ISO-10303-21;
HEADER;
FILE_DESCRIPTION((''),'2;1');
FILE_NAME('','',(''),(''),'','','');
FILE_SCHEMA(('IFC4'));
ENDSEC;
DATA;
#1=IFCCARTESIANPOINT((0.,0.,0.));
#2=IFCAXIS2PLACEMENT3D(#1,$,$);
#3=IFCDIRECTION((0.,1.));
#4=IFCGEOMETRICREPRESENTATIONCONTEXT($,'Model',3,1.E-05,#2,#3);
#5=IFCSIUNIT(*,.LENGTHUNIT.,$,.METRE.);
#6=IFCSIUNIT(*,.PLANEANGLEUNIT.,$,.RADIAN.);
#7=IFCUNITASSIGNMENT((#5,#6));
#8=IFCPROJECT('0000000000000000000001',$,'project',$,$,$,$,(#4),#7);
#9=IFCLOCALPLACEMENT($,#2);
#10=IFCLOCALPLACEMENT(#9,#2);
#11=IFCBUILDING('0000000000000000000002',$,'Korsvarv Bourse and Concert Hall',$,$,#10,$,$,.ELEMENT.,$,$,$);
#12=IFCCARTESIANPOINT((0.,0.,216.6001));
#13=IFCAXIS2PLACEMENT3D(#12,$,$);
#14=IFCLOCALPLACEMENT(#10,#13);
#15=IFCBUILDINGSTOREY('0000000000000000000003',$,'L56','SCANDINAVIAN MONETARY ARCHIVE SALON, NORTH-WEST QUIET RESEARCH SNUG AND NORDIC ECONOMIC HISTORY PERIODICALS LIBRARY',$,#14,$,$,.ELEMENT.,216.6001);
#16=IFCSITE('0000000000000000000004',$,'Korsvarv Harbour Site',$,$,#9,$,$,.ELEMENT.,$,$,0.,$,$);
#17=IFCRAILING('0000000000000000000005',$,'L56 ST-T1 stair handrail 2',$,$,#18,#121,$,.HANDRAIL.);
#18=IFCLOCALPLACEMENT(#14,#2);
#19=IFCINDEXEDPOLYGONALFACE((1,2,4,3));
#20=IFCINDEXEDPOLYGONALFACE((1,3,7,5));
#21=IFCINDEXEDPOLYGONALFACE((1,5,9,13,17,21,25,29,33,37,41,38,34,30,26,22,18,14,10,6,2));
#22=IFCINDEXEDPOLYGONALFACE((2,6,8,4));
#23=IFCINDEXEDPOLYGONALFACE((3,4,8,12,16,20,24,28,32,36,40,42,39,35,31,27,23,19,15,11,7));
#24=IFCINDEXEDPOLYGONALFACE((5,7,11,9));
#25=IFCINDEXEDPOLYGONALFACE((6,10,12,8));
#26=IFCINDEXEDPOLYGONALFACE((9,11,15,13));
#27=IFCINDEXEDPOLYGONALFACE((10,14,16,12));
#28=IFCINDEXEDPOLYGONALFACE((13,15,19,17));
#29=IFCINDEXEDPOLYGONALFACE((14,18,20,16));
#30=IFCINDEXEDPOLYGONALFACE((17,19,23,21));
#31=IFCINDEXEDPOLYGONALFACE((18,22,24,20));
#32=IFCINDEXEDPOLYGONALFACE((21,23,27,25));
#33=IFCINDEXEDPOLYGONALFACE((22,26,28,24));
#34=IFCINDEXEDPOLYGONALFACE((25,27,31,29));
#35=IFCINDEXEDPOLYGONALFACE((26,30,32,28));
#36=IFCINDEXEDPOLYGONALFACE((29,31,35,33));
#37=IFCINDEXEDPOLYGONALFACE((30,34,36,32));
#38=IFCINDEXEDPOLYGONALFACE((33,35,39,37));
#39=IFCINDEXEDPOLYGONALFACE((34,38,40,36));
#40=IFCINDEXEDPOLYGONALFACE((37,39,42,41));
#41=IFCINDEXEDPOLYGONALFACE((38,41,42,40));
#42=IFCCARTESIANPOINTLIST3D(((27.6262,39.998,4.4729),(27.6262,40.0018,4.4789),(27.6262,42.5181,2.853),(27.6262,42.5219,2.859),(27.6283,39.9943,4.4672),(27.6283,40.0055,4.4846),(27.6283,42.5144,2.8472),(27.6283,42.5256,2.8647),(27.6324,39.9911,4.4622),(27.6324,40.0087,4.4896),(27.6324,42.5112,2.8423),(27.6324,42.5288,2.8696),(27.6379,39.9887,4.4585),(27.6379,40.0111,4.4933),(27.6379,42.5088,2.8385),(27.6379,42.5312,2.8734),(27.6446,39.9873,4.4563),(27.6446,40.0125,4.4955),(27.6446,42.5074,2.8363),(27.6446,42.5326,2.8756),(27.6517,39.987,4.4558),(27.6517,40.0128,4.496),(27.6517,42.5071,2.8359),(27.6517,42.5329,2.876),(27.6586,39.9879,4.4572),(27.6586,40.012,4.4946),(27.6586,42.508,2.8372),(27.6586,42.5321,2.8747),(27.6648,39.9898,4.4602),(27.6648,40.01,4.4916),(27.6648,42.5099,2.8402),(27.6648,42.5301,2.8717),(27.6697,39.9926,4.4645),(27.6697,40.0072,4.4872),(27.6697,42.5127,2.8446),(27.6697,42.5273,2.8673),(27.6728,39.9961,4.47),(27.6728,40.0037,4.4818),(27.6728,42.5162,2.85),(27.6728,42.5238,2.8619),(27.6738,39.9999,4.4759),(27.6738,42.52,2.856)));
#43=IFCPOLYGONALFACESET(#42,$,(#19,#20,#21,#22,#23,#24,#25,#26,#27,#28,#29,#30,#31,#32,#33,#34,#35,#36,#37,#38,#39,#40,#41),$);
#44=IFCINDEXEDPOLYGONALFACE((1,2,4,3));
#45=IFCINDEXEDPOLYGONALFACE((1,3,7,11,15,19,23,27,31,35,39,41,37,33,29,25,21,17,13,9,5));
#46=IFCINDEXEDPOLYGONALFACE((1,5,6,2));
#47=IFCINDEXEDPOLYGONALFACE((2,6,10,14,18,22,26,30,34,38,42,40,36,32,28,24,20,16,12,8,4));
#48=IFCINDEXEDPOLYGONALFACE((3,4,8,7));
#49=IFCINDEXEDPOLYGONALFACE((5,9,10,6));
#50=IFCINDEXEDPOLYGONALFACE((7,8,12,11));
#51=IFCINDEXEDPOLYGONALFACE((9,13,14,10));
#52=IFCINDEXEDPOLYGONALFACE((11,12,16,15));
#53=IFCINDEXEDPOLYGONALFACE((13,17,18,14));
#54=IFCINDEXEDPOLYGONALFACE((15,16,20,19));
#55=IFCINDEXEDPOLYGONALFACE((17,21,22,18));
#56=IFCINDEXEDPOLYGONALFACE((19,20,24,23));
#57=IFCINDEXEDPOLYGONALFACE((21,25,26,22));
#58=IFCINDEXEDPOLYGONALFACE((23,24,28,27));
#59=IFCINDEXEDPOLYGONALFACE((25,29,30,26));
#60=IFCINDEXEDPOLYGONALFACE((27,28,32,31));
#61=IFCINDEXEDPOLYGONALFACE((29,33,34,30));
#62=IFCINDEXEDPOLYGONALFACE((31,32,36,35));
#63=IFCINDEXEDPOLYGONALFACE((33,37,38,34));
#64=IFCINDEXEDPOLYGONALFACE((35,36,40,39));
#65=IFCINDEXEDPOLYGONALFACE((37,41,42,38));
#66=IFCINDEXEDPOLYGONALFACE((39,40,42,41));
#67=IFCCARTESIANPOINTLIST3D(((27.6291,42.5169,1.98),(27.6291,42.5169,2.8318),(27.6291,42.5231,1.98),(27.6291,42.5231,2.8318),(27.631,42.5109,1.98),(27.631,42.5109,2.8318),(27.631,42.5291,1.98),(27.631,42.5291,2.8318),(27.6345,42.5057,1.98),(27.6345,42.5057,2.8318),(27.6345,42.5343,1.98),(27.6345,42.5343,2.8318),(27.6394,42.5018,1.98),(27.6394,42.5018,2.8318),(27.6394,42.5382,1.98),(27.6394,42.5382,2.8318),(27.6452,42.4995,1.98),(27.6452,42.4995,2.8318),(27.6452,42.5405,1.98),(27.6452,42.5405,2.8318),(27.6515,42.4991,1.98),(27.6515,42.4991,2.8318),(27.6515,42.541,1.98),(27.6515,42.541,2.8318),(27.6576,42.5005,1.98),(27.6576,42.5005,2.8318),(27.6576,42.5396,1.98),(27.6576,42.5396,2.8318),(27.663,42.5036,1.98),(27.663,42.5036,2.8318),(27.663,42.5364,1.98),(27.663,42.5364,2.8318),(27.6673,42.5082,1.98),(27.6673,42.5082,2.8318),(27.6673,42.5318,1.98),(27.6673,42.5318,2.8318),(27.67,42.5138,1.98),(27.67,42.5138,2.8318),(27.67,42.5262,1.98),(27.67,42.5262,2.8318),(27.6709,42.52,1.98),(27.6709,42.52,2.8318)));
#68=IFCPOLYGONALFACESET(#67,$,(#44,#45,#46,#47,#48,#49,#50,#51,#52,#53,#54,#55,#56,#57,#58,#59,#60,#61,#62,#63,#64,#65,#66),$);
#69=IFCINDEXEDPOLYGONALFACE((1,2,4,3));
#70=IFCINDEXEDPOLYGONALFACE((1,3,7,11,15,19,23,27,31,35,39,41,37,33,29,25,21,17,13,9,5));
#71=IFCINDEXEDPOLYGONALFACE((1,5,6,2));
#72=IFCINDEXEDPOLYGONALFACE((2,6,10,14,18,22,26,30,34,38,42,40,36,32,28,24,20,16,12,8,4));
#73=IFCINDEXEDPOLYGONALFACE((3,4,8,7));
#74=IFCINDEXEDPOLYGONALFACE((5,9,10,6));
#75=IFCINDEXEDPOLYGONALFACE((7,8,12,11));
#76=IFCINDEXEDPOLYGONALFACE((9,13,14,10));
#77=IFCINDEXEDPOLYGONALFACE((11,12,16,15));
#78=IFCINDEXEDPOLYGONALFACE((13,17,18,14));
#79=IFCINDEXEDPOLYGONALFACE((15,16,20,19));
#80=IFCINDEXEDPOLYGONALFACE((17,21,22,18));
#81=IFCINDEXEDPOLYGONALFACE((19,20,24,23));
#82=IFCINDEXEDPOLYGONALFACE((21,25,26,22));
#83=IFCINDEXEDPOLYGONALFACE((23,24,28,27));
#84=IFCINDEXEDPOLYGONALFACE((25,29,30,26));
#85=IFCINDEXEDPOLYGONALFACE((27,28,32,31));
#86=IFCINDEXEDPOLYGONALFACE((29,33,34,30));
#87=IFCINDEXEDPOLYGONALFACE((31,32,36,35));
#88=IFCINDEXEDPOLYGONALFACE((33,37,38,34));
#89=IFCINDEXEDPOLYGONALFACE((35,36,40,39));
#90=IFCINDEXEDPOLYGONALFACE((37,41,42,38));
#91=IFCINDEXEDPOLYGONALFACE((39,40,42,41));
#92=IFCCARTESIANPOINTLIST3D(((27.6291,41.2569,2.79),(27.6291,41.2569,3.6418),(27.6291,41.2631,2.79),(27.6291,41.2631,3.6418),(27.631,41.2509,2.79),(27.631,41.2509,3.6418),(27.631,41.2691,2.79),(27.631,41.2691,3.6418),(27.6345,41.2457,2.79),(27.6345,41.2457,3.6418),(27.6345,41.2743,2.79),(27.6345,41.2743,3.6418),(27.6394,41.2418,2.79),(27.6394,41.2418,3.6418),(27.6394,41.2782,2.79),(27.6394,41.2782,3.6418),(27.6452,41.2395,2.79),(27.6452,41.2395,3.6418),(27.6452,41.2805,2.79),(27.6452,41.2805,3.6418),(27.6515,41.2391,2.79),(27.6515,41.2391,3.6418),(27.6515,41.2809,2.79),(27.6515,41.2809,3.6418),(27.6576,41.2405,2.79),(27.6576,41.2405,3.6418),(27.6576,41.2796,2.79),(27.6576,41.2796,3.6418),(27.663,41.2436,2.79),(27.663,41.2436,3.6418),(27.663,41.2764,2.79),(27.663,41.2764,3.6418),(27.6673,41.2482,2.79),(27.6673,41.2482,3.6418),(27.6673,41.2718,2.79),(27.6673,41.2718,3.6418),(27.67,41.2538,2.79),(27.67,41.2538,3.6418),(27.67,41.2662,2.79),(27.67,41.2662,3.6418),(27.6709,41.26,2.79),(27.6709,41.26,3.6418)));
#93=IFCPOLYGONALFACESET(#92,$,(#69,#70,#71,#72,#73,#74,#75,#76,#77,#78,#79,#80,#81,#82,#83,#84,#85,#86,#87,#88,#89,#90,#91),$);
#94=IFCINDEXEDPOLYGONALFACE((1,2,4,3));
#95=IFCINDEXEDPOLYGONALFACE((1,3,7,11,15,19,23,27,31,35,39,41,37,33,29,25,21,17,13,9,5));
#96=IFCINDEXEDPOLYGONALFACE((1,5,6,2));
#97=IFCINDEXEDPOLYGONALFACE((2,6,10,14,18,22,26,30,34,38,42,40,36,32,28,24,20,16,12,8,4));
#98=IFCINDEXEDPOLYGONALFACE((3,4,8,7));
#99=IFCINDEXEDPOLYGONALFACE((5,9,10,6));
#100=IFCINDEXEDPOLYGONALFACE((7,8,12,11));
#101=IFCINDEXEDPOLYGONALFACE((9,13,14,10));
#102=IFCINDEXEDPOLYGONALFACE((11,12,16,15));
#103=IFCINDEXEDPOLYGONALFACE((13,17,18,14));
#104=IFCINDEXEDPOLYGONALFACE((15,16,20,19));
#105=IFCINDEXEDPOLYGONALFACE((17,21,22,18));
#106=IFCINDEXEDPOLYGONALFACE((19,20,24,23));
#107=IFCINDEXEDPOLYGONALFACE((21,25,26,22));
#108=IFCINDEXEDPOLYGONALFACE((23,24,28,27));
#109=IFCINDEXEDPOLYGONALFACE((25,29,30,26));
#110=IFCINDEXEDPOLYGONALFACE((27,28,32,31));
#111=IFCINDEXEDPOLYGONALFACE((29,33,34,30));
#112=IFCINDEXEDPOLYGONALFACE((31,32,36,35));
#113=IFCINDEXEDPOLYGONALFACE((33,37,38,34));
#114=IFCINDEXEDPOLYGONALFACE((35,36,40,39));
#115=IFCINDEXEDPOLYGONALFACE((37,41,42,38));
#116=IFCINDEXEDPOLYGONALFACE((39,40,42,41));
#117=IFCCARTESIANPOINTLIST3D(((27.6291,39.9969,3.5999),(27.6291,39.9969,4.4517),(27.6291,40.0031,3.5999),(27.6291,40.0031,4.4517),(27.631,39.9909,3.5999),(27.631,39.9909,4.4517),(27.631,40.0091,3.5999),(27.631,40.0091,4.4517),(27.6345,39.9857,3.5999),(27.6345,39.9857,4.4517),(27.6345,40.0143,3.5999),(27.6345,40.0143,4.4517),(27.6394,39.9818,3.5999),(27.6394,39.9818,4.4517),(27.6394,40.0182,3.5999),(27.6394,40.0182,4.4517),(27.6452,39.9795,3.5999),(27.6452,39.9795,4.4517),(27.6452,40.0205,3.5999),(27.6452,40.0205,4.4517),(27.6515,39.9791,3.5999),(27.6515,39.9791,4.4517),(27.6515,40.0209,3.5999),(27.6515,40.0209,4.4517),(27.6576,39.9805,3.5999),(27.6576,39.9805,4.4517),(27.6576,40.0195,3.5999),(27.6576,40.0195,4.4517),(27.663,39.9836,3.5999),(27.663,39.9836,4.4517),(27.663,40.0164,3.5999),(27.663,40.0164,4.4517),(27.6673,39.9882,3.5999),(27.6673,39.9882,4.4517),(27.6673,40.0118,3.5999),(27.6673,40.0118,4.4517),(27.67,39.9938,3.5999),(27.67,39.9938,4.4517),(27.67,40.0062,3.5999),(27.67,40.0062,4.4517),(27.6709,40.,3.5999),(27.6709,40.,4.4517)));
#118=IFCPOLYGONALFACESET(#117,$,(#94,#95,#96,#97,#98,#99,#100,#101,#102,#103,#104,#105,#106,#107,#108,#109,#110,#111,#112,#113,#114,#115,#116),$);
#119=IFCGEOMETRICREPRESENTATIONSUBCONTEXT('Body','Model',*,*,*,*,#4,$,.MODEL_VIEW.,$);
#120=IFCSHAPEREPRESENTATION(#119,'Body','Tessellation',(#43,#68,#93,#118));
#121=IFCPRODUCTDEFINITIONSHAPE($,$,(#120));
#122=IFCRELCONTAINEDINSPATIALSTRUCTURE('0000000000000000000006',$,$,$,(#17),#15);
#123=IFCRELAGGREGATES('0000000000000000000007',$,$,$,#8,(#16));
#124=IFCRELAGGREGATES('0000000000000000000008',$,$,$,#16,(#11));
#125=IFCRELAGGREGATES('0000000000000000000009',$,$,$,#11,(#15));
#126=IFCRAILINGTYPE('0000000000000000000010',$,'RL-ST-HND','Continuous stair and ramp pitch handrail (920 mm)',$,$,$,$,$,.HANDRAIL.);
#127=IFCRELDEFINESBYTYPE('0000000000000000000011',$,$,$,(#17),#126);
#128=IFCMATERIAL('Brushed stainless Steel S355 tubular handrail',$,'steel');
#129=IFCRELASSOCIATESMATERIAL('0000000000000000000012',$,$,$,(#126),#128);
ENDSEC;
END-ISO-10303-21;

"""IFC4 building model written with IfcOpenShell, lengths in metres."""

from ifc_helpers import new_model, si_unit, direction, frame, origin, origin_2d, place, context, subcontext, project, spatial, circle, extrude, material, type_object, element, save


model = new_model("IFC4")

# Units and contexts
model_context = context("Model", 3, precision=1e-05, world=origin(), true_north=direction((0.0, 1.0)))
body_context = subcontext(model_context, "Body", "Model", "MODEL_VIEW")
ifc_project = project(units=[si_unit("LENGTHUNIT", "METRE"), si_unit("PLANEANGLEUNIT", "RADIAN")], contexts=[model_context])

# Site, building, storey
site_placement = place(None, origin())
site = spatial("IfcSite", under=ifc_project, at=site_placement, Name="Korsvarv Harbour Site", CompositionType="ELEMENT", RefElevation=0.0)
building_placement = place(site_placement, origin())
building = spatial("IfcBuilding", under=site, at=building_placement, Name="Korsvarv Bourse and Concert Hall", CompositionType="ELEMENT")
storey_placement = place(building_placement, frame((0.0, 0.0, 216.6001)))
storey = spatial("IfcBuildingStorey", under=building, at=storey_placement, Name="L56", Description="SCANDINAVIAN MONETARY ARCHIVE SALON, NORTH-WEST QUIET RESEARCH SNUG AND NORDIC ECONOMIC HISTORY PERIODICALS LIBRARY", CompositionType="ELEMENT", Elevation=216.6001)

# Railing
ifc_material_1 = material(Name="Brushed stainless Steel S355 tubular handrail", Category="steel")
railing_type_1 = type_object("IfcRailingType", Name="RL-ST-HND", Description="Continuous stair and ramp pitch handrail (920 mm)", PredefinedType="HANDRAIL", material=ifc_material_1)
railing_1_placement = place(storey_placement, frame((27.6499, 42.52, 1.98)))
element("IfcRailing", 1, at=railing_1_placement, inside=storey, type_object=railing_type_1, Name="L56 ST-T1 stair handrail 2", PredefinedType="HANDRAIL", context=body_context, shape_type="SweptSolid", body=[
    extrude(circle(Radius=0.0239, at=origin_2d()), frame((0.0, 0.0, 0.876), z_axis=(0.0, -0.8412, 0.540725), x_axis=(1.0, 0.0, 0.0)), (0.0, 0.0, 1.0), 2.9958),
    extrude(circle(Radius=0.021, at=origin_2d()), origin(), (0.0, 0.0, 1.0), 0.8518),
    extrude(circle(Radius=0.021, at=origin_2d()), frame((0.0, -1.26, 0.8101)), (0.0, 0.0, 1.0), 0.8518),
    extrude(circle(Radius=0.021, at=origin_2d()), frame((0.0, -2.52, 1.6199)), (0.0, 0.0, 1.0), 0.8518),
])

save(model, "model.ifc")
